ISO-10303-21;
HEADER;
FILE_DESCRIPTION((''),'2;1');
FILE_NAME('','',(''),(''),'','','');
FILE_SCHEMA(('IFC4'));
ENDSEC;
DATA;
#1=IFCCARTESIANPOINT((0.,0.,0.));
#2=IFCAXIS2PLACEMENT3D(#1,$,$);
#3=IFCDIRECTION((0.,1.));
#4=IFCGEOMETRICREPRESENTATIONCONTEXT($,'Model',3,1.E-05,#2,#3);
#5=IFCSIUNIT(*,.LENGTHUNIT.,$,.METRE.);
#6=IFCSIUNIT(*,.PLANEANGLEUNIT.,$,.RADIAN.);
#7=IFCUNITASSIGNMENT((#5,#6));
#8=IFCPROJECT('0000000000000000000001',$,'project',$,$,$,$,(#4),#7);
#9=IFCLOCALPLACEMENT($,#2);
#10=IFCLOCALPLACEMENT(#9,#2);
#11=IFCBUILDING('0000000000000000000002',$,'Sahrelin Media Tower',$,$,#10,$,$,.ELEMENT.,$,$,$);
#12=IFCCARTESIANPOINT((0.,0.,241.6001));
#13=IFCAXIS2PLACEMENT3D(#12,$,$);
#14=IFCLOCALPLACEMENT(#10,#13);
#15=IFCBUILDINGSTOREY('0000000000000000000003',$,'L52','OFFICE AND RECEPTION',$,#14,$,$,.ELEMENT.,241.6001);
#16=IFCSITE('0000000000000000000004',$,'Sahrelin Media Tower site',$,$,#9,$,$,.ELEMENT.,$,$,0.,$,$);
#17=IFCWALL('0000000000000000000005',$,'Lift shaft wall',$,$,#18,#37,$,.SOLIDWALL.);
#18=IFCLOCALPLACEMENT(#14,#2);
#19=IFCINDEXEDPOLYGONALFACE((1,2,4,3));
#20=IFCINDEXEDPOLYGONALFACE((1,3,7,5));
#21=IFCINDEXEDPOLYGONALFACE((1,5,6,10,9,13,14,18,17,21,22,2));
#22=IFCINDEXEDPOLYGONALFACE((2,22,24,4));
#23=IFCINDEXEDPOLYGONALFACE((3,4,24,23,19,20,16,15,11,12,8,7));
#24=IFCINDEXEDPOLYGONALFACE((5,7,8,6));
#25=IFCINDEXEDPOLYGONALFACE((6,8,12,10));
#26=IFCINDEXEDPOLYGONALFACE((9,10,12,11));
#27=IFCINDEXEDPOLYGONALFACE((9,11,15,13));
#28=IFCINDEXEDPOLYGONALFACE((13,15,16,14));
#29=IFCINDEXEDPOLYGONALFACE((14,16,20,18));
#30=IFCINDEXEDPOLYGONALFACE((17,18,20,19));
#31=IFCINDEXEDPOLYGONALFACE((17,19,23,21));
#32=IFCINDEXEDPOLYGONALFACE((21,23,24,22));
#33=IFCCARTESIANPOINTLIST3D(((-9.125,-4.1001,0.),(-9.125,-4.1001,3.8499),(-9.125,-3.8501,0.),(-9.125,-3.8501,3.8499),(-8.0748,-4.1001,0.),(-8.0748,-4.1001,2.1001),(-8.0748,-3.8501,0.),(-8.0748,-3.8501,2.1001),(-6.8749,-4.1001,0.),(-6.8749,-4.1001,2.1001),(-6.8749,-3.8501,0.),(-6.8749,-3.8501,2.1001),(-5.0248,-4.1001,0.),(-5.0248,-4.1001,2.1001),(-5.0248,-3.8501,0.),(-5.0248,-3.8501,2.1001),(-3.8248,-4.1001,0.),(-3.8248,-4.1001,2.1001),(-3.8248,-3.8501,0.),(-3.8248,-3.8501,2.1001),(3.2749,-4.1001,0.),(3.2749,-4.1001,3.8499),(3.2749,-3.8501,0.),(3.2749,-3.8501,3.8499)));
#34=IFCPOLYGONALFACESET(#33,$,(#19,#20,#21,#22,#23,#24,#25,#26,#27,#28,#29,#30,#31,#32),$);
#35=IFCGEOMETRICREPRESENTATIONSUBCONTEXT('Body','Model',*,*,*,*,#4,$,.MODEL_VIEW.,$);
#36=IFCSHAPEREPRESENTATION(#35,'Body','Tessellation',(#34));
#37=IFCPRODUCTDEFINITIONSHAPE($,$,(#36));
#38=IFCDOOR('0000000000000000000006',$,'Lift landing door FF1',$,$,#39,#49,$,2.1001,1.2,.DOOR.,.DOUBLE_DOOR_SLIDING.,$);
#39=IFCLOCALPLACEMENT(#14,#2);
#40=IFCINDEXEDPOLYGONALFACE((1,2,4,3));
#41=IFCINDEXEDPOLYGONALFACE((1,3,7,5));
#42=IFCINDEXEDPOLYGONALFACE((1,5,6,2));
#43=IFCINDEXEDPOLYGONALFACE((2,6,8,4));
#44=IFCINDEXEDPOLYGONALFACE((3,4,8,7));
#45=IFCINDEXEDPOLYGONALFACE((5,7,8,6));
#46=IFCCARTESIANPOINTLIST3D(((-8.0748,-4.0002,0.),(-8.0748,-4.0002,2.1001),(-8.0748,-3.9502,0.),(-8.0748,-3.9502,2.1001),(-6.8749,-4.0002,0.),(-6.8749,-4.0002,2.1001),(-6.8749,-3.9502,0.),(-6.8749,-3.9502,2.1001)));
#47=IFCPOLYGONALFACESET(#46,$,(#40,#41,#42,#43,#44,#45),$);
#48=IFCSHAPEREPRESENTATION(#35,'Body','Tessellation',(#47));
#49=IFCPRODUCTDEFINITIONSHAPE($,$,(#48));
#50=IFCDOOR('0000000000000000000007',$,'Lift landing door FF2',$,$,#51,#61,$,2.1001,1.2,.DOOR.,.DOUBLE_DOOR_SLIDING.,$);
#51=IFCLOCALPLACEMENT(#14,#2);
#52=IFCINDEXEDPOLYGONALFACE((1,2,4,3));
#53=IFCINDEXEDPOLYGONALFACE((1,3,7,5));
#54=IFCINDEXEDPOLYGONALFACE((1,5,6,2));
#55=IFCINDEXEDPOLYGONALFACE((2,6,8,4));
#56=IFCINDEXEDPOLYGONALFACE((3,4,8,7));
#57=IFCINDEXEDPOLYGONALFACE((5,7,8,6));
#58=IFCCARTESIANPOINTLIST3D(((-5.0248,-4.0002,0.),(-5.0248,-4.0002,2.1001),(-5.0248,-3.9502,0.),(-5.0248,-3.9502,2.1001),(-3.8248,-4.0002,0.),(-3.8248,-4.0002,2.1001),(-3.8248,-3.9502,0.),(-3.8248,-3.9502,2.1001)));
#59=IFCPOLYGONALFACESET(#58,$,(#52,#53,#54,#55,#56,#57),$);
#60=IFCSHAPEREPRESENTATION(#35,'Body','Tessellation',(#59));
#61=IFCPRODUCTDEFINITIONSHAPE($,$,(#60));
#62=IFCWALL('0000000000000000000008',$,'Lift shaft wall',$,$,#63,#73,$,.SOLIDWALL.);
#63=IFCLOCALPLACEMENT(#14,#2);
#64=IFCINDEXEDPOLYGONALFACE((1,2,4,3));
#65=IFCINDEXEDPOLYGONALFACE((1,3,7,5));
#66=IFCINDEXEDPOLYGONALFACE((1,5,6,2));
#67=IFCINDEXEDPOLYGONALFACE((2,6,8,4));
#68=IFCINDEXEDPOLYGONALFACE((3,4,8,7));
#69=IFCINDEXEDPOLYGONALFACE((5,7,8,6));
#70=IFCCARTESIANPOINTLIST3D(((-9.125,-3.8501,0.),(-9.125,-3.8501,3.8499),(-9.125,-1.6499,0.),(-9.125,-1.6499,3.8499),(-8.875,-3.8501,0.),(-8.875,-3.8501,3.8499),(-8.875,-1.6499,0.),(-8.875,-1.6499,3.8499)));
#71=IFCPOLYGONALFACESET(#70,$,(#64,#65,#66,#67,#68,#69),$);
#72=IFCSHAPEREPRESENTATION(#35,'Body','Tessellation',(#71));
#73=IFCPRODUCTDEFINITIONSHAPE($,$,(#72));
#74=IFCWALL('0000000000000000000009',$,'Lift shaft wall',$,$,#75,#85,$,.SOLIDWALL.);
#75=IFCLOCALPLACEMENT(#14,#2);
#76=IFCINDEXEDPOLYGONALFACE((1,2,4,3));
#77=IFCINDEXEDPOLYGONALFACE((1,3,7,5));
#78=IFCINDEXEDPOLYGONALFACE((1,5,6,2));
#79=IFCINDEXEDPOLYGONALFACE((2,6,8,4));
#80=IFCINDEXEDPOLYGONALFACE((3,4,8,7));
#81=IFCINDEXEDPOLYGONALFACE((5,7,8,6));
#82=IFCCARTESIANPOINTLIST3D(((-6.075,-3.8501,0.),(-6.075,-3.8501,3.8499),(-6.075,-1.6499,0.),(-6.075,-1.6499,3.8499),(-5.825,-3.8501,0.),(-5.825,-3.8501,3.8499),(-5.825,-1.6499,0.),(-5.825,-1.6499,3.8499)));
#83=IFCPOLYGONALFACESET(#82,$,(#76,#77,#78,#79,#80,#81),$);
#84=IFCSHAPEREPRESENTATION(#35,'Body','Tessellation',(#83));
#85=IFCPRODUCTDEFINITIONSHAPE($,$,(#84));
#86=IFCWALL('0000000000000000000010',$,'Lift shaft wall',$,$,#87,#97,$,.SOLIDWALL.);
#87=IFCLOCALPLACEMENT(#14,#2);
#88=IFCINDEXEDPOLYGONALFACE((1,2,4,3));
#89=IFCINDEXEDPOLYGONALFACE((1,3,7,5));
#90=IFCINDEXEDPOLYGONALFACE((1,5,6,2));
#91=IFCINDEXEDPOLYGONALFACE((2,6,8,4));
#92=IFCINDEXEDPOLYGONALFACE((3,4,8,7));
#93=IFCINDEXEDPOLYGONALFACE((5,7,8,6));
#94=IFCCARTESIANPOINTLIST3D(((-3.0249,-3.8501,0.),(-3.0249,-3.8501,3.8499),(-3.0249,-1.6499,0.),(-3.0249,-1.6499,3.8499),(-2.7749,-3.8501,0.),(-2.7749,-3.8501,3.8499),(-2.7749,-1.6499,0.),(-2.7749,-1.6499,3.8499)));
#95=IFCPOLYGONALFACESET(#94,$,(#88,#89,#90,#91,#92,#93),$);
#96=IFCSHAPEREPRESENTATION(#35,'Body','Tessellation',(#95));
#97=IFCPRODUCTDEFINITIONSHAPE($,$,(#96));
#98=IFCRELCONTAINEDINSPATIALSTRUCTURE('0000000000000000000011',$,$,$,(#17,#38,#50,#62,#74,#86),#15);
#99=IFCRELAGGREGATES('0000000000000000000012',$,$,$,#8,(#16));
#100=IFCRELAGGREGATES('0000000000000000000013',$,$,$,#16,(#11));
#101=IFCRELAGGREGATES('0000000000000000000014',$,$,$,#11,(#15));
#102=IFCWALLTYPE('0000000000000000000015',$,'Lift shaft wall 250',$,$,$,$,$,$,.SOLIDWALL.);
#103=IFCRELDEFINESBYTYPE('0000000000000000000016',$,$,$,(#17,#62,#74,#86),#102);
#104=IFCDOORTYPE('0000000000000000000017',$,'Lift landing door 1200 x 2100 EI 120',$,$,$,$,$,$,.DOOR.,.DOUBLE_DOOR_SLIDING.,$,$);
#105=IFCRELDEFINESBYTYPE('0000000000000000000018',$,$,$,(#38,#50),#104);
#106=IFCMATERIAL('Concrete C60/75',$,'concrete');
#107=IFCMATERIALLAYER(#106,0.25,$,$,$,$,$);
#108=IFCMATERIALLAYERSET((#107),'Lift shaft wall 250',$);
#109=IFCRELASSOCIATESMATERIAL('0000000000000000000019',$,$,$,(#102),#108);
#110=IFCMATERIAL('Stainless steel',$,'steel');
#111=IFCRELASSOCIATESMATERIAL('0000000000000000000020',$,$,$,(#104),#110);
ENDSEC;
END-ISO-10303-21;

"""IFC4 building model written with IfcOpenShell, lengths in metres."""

from ifc_helpers import new_model, si_unit, direction, frame, frame_2d, origin, place, context, subcontext, project, spatial, rectangle, extrude, material, layer, layer_set, type_object, element, fill, save


model = new_model("IFC4")

# Units and contexts
model_context = context("Model", 3, precision=1e-05, world=origin(), true_north=direction((0.0, 1.0)))
body_context = subcontext(model_context, "Body", "Model", "MODEL_VIEW")
ifc_project = project(units=[si_unit("LENGTHUNIT", "METRE"), si_unit("PLANEANGLEUNIT", "RADIAN")], contexts=[model_context])

# Site, building, storey
site_placement = place(None, origin())
site = spatial("IfcSite", under=ifc_project, at=site_placement, Name="Sahrelin Media Tower site", CompositionType="ELEMENT", RefElevation=0.0)
building_placement = place(site_placement, origin())
building = spatial("IfcBuilding", under=site, at=building_placement, Name="Sahrelin Media Tower", CompositionType="ELEMENT")
storey_placement = place(building_placement, frame((0.0, 0.0, 241.6001)))
storey = spatial("IfcBuildingStorey", under=building, at=storey_placement, Name="L52", Description="OFFICE AND RECEPTION", CompositionType="ELEMENT", Elevation=241.6001)

# Shared definitions
ifc_material_1 = material(Name="Concrete C60/75", Category="concrete")

# Wall, openings, doors
ifc_layer_1 = layer(ifc_material_1, 0.25)
ifc_layer_set_1 = layer_set([ifc_layer_1], Name="Lift shaft wall 250")
wall_type_1 = type_object("IfcWallType", Name="Lift shaft wall 250", PredefinedType="SOLIDWALL", material=ifc_layer_set_1)
ifc_material_2 = material(Name="Stainless steel", Category="steel")
door_type_1 = type_object("IfcDoorType", Name="Lift landing door 1200 x 2100 EI 120", OperationType="DOUBLE_DOOR_SLIDING", PredefinedType="DOOR", material=ifc_material_2)
wall_1_placement = place(storey_placement, frame((-9.125, -3.9751, 0.0), z_axis=(0.0, 0.0, 1.0), x_axis=(1.0, 0.0, 0.0)))
wall_1 = element("IfcWall", 1, at=wall_1_placement, inside=storey, type_object=wall_type_1, Name="Lift shaft wall", PredefinedType="SOLIDWALL", context=body_context, shape_type="SweptSolid", body=[
    extrude(rectangle(XDim=12.3999, YDim=0.25, at=frame_2d((6.2, 0.0))), origin(), (0.0, 0.0, 1.0), 3.8499),
])
opening_1_placement = place(wall_1_placement, frame((1.05, 0.0, 0.0)))
opening_1 = element("IfcOpeningElement", 2, at=opening_1_placement, cuts=wall_1, PredefinedType="OPENING", context=body_context, shape_type="SweptSolid", body=[
    extrude(rectangle(XDim=1.2, YDim=2.1001, at=frame_2d((0.6001, 1.05))), frame((0.0, 0.125, 0.0), z_axis=(0.0, -1.0, 0.0), x_axis=(1.0, 0.0, 0.0)), (0.0, 0.0, 1.0), 0.25),
])
opening_2_placement = place(wall_1_placement, frame((4.1001, 0.0, 0.0)))
opening_2 = element("IfcOpeningElement", 3, at=opening_2_placement, cuts=wall_1, PredefinedType="OPENING", context=body_context, shape_type="SweptSolid", body=[
    extrude(rectangle(XDim=1.2, YDim=2.1001, at=frame_2d((0.6001, 1.05))), frame((0.0, 0.125, 0.0), z_axis=(0.0, -1.0, 0.0), x_axis=(1.0, 0.0, 0.0)), (0.0, 0.0, 1.0), 0.25),
])
door_1_placement = place(opening_1_placement, origin())
door_1 = element("IfcDoor", 4, at=door_1_placement, inside=storey, type_object=door_type_1, Name="Lift landing door FF1", OperationType="DOUBLE_DOOR_SLIDING", OverallHeight=2.1001, OverallWidth=1.2, PredefinedType="DOOR", context=body_context, shape_type="SweptSolid", body=[
    extrude(rectangle(XDim=1.2, YDim=2.1001, at=frame_2d((0.6001, 1.05))), frame((0.0, 0.0249, 0.0), z_axis=(0.0, -1.0, 0.0), x_axis=(1.0, 0.0, 0.0)), (0.0, 0.0, 1.0), 0.05),
])
fill(opening_1, door_1)
door_2_placement = place(opening_2_placement, origin())
door_2 = element("IfcDoor", 5, at=door_2_placement, inside=storey, type_object=door_type_1, Name="Lift landing door FF2", OperationType="DOUBLE_DOOR_SLIDING", OverallHeight=2.1001, OverallWidth=1.2, PredefinedType="DOOR", context=body_context, shape_type="SweptSolid", body=[
    extrude(rectangle(XDim=1.2, YDim=2.1001, at=frame_2d((0.6001, 1.05))), frame((0.0, 0.0249, 0.0), z_axis=(0.0, -1.0, 0.0), x_axis=(1.0, 0.0, 0.0)), (0.0, 0.0, 1.0), 0.05),
])
fill(opening_2, door_2)

# Walls
for number, where, z_axis, x_axis, name in (
    (6, (-9.0, -3.8501, 0.0), (0.0, 0.0, 1.0), (0.0, 1.0, 0.0), "Lift shaft wall"),
    (7, (-5.95, -3.8501, 0.0), (0.0, 0.0, 1.0), (0.0, 1.0, 0.0), "Lift shaft wall"),
    (8, (-2.8999, -3.8501, 0.0), (0.0, 0.0, 1.0), (0.0, 1.0, 0.0), "Lift shaft wall"),
):
    element("IfcWall", number, at=place(storey_placement, frame(where, z_axis=z_axis, x_axis=x_axis)), inside=storey, type_object=wall_type_1, Name=name, PredefinedType="SOLIDWALL", context=body_context, shape_type="SweptSolid", body=[
        extrude(rectangle(XDim=2.2002, YDim=0.25, at=frame_2d((1.1001, 0.0))), origin(), (0.0, 0.0, 1.0), 3.8499),
    ])

save(model, "model.ifc")
